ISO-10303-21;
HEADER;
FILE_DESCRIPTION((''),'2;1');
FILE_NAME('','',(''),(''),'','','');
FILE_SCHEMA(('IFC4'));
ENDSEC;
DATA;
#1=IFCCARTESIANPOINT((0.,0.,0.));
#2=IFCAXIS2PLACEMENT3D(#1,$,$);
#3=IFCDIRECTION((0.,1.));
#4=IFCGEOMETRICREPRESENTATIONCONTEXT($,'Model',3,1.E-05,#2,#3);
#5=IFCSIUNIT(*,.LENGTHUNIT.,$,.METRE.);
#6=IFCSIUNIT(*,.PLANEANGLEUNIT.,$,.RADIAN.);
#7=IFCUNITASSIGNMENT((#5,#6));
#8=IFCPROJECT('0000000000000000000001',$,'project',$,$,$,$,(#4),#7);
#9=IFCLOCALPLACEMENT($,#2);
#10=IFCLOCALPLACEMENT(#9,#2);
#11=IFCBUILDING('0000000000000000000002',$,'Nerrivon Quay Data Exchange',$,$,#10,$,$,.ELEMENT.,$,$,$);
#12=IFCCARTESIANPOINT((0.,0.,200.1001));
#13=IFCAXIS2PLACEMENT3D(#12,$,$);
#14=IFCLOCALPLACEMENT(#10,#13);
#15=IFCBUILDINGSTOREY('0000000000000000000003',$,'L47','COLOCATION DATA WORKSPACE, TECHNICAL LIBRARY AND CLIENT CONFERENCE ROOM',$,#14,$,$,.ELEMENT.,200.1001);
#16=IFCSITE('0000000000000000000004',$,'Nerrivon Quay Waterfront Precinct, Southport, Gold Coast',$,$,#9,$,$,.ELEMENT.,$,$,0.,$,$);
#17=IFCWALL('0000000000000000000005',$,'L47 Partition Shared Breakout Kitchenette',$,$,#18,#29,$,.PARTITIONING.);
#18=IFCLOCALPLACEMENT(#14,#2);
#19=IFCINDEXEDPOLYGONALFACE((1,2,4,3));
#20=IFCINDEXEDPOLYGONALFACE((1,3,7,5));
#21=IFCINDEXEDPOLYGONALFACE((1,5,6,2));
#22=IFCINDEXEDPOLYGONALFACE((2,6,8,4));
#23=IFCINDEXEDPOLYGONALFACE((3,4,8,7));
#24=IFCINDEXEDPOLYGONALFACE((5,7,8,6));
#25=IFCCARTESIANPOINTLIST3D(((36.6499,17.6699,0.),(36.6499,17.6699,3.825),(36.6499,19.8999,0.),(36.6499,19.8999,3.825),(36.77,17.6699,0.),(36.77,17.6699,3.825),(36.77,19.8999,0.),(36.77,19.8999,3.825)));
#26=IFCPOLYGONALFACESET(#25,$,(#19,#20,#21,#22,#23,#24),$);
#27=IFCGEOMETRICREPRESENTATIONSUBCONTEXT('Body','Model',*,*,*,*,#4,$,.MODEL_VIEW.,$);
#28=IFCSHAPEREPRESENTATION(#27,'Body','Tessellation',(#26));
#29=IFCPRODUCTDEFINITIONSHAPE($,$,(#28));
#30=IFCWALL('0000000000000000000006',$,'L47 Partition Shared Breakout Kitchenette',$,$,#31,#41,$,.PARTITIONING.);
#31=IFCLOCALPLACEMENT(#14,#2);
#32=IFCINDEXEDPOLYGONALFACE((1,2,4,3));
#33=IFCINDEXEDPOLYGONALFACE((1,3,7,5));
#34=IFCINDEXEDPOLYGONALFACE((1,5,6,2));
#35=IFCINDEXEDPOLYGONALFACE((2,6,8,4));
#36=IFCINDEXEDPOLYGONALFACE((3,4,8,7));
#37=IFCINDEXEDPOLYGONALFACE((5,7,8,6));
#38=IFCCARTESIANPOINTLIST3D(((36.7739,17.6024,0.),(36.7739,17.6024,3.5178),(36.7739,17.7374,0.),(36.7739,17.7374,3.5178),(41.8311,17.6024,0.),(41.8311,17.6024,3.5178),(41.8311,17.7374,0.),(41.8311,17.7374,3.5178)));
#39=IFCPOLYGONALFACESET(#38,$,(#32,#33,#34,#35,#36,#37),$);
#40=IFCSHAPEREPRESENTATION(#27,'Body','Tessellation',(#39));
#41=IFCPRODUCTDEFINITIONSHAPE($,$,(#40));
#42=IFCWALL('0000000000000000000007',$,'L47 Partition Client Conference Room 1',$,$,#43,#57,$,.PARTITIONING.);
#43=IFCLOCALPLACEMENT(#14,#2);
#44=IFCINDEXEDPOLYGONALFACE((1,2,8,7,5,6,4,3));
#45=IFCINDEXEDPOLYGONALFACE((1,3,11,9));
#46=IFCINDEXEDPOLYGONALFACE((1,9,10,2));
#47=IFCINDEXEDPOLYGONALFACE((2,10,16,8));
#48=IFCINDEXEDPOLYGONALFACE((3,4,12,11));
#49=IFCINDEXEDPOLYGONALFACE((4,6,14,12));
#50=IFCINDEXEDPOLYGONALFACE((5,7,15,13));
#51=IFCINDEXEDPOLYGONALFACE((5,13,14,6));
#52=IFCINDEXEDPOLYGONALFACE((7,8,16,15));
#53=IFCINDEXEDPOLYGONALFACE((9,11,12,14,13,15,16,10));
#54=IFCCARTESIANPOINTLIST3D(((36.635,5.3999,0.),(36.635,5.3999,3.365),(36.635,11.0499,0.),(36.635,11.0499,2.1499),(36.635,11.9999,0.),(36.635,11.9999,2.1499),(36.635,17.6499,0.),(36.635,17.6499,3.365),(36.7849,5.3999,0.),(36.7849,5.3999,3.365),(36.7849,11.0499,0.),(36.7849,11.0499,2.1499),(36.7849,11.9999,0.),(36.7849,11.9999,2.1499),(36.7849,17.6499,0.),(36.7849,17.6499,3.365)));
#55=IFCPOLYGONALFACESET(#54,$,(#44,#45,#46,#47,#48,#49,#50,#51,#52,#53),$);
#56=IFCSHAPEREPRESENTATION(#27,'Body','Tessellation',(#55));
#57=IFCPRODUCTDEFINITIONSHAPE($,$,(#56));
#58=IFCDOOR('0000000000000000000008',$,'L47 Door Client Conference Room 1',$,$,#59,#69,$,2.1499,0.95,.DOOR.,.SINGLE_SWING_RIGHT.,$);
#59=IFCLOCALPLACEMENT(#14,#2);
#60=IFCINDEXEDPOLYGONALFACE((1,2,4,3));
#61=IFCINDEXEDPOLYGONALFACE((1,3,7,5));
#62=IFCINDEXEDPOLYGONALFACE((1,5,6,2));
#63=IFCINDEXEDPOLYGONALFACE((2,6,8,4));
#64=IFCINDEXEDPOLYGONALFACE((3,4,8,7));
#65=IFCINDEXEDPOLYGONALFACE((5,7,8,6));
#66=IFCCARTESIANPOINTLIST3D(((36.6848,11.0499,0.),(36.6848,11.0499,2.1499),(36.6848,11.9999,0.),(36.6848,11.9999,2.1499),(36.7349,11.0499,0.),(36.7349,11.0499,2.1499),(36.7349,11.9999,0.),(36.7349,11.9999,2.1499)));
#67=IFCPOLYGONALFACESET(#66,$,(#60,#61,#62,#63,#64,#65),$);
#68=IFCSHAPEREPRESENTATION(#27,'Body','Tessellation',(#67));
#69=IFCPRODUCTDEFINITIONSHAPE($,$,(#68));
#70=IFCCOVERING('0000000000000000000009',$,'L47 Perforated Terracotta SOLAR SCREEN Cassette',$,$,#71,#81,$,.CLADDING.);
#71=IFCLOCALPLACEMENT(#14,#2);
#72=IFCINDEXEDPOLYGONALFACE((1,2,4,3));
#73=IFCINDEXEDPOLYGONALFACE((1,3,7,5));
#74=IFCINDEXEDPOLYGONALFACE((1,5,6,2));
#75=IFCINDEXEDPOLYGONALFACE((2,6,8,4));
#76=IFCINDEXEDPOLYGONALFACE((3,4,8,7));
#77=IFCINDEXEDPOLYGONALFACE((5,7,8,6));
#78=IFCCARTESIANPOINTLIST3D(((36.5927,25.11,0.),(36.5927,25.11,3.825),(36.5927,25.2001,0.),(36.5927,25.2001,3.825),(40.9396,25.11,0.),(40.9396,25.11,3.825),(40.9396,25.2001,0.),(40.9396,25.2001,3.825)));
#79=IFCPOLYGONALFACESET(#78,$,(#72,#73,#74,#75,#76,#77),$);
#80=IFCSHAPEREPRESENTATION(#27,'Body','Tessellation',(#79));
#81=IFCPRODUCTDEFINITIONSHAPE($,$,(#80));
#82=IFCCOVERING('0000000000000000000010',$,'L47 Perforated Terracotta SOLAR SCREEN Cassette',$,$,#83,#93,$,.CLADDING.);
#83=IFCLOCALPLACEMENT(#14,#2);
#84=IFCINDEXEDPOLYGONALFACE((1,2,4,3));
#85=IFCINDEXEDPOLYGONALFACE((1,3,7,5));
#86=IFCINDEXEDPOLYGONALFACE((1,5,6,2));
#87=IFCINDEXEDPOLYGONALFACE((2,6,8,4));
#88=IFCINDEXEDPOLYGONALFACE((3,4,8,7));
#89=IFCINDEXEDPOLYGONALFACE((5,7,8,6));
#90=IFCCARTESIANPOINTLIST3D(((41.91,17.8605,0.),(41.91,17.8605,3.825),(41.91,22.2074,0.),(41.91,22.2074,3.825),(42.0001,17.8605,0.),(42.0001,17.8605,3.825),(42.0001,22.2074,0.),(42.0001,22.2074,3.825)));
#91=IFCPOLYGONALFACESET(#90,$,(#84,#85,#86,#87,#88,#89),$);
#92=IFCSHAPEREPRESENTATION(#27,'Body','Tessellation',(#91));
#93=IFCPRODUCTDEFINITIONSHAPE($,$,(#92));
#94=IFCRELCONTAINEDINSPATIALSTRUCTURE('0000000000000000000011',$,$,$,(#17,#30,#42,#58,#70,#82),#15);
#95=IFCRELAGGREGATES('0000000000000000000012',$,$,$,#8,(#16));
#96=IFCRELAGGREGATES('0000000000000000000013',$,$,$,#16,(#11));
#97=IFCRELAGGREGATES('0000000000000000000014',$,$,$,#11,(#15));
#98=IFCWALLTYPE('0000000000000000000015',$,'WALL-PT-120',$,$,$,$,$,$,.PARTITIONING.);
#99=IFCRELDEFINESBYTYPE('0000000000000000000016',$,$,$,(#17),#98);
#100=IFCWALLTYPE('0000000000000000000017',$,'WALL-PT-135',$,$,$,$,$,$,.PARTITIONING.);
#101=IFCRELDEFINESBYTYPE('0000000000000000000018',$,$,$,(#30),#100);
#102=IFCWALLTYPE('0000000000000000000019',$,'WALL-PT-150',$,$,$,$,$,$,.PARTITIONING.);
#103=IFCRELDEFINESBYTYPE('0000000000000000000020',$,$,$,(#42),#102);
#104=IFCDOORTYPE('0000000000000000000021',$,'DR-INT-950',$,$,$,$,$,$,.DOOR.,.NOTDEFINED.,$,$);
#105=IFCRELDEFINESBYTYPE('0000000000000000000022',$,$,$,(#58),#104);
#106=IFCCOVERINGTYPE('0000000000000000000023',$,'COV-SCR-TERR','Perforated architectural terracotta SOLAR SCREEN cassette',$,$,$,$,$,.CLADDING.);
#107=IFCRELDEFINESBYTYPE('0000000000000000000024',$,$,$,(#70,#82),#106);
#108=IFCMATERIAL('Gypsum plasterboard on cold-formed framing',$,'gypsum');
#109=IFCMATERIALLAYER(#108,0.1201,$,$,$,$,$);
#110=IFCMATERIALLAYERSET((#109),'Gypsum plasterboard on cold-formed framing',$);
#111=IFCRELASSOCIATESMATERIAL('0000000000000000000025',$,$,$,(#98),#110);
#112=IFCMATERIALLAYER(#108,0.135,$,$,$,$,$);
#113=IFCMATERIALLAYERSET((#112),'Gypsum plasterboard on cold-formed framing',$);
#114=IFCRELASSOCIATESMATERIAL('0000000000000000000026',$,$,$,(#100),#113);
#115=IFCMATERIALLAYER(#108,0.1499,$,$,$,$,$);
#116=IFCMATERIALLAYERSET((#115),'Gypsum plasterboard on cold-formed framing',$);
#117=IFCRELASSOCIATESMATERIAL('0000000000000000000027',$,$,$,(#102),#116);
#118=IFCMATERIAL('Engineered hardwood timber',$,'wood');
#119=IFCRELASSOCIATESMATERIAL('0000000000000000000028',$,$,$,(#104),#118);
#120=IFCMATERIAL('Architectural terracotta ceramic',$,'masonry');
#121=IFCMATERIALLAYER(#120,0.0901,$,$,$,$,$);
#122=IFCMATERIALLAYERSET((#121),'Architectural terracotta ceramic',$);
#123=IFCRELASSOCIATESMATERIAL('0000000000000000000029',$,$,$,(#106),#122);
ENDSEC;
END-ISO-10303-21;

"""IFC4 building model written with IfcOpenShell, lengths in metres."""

from ifc_helpers import new_model, si_unit, direction, frame, frame_2d, origin, origin_2d, place, context, subcontext, project, spatial, rectangle, extrude, material, layer, layer_set, type_object, element, fill, save


model = new_model("IFC4")

# Units and contexts
model_context = context("Model", 3, precision=1e-05, world=origin(), true_north=direction((0.0, 1.0)))
body_context = subcontext(model_context, "Body", "Model", "MODEL_VIEW")
ifc_project = project(units=[si_unit("LENGTHUNIT", "METRE"), si_unit("PLANEANGLEUNIT", "RADIAN")], contexts=[model_context])

# Site, building, storey
site_placement = place(None, origin())
site = spatial("IfcSite", under=ifc_project, at=site_placement, Name="Nerrivon Quay Waterfront Precinct, Southport, Gold Coast", CompositionType="ELEMENT", RefElevation=0.0)
building_placement = place(site_placement, origin())
building = spatial("IfcBuilding", under=site, at=building_placement, Name="Nerrivon Quay Data Exchange", CompositionType="ELEMENT")
storey_placement = place(building_placement, frame((0.0, 0.0, 200.1001)))
storey = spatial("IfcBuildingStorey", under=building, at=storey_placement, Name="L47", Description="COLOCATION DATA WORKSPACE, TECHNICAL LIBRARY AND CLIENT CONFERENCE ROOM", CompositionType="ELEMENT", Elevation=200.1001)

# Walls
ifc_material_1 = material(Name="Gypsum plasterboard on cold-formed framing", Category="gypsum")
ifc_layer_1 = layer(ifc_material_1, 0.1201)
ifc_layer_set_1 = layer_set([ifc_layer_1], Name="Gypsum plasterboard on cold-formed framing")
wall_type_1 = type_object("IfcWallType", Name="WALL-PT-120", PredefinedType="PARTITIONING", material=ifc_layer_set_1)
wall_1_placement = place(storey_placement, frame((36.71, 19.8999, 0.0), z_axis=(0.0, 0.0, 1.0), x_axis=(0.0, -1.0, 0.0)))
element("IfcWall", 1, at=wall_1_placement, inside=storey, type_object=wall_type_1, Name="L47 Partition Shared Breakout Kitchenette", PredefinedType="PARTITIONING", context=body_context, shape_type="SweptSolid", body=[
    extrude(rectangle(XDim=2.23, YDim=0.1201, at=frame_2d((1.115, 0.0))), origin(), (0.0, 0.0, 1.0), 3.825),
])
ifc_layer_2 = layer(ifc_material_1, 0.135)
ifc_layer_set_2 = layer_set([ifc_layer_2], Name="Gypsum plasterboard on cold-formed framing")
wall_type_2 = type_object("IfcWallType", Name="WALL-PT-135", PredefinedType="PARTITIONING", material=ifc_layer_set_2)
wall_2_placement = place(storey_placement, frame((36.7739, 17.6699, 0.0), z_axis=(0.0, 0.0, 1.0), x_axis=(1.0, 0.0, 0.0)))
element("IfcWall", 2, at=wall_2_placement, inside=storey, type_object=wall_type_2, Name="L47 Partition Shared Breakout Kitchenette", PredefinedType="PARTITIONING", context=body_context, shape_type="SweptSolid", body=[
    extrude(rectangle(XDim=5.0571, YDim=0.135, at=frame_2d((2.5286, 0.0))), origin(), (0.0, 0.0, 1.0), 3.5178),
])

# Wall, opening, door
ifc_layer_3 = layer(ifc_material_1, 0.1499)
ifc_layer_set_3 = layer_set([ifc_layer_3], Name="Gypsum plasterboard on cold-formed framing")
wall_type_3 = type_object("IfcWallType", Name="WALL-PT-150", PredefinedType="PARTITIONING", material=ifc_layer_set_3)
wall_3_placement = place(storey_placement, frame((36.71, 17.6499, 0.0), z_axis=(0.0, 0.0, 1.0), x_axis=(0.0, -1.0, 0.0)))
wall_3 = element("IfcWall", 3, at=wall_3_placement, inside=storey, type_object=wall_type_3, Name="L47 Partition Client Conference Room 1", PredefinedType="PARTITIONING", context=body_context, shape_type="SweptSolid", body=[
    extrude(rectangle(XDim=12.25, YDim=0.1499, at=frame_2d((6.125, 0.0))), origin(), (0.0, 0.0, 1.0), 3.365),
])
opening_placement = place(wall_3_placement, frame((5.6499, 0.0, 0.0)))
opening = element("IfcOpeningElement", 4, at=opening_placement, cuts=wall_3, PredefinedType="OPENING", context=body_context, shape_type="SweptSolid", body=[
    extrude(rectangle(XDim=0.95, YDim=2.1499, at=frame_2d((0.4751, 1.075))), frame((0.0, 0.085, 0.0), z_axis=(0.0, -1.0, 0.0), x_axis=(1.0, 0.0, 0.0)), (0.0, 0.0, 1.0), 0.1699),
])
ifc_material_2 = material(Name="Engineered hardwood timber", Category="wood")
door_type = type_object("IfcDoorType", Name="DR-INT-950", OperationType="NOTDEFINED", PredefinedType="DOOR", material=ifc_material_2)
door_placement = place(opening_placement, origin())
door = element("IfcDoor", 5, at=door_placement, inside=storey, type_object=door_type, Name="L47 Door Client Conference Room 1", OperationType="SINGLE_SWING_RIGHT", OverallHeight=2.1499, OverallWidth=0.95, PredefinedType="DOOR", context=body_context, shape_type="SweptSolid", body=[
    extrude(rectangle(XDim=0.95, YDim=2.1499, at=frame_2d((0.4751, 1.075))), frame((0.0, 0.0249, 0.0), z_axis=(0.0, -1.0, 0.0), x_axis=(1.0, 0.0, 0.0)), (0.0, 0.0, 1.0), 0.05),
])
fill(opening, door)

# Coverings
ifc_material_3 = material(Name="Architectural terracotta ceramic", Category="masonry")
ifc_layer_4 = layer(ifc_material_3, 0.0901)
ifc_layer_set_4 = layer_set([ifc_layer_4], Name="Architectural terracotta ceramic")
covering_type = type_object("IfcCoveringType", Name="COV-SCR-TERR", Description="Perforated architectural terracotta SOLAR SCREEN cassette", PredefinedType="CLADDING", material=ifc_layer_set_4)
for number, where, z_axis, x_axis, name in (
    (6, (38.7661, 25.155, 0.0), (0.0, 0.0, 1.0), (1.0, 0.0, 0.0), "L47 Perforated Terracotta SOLAR SCREEN Cassette"),
    (7, (41.9551, 20.0339, 0.0), (0.0, 0.0, 1.0), (0.0, -1.0, 0.0), "L47 Perforated Terracotta SOLAR SCREEN Cassette"),
):
    element("IfcCovering", number, at=place(storey_placement, frame(where, z_axis=z_axis, x_axis=x_axis)), inside=storey, type_object=covering_type, Name=name, PredefinedType="CLADDING", context=body_context, shape_type="SweptSolid", body=[
        extrude(rectangle(XDim=4.3469, YDim=0.0901, at=origin_2d()), origin(), (0.0, 0.0, 1.0), 3.825),
    ])

save(model, "model.ifc")
